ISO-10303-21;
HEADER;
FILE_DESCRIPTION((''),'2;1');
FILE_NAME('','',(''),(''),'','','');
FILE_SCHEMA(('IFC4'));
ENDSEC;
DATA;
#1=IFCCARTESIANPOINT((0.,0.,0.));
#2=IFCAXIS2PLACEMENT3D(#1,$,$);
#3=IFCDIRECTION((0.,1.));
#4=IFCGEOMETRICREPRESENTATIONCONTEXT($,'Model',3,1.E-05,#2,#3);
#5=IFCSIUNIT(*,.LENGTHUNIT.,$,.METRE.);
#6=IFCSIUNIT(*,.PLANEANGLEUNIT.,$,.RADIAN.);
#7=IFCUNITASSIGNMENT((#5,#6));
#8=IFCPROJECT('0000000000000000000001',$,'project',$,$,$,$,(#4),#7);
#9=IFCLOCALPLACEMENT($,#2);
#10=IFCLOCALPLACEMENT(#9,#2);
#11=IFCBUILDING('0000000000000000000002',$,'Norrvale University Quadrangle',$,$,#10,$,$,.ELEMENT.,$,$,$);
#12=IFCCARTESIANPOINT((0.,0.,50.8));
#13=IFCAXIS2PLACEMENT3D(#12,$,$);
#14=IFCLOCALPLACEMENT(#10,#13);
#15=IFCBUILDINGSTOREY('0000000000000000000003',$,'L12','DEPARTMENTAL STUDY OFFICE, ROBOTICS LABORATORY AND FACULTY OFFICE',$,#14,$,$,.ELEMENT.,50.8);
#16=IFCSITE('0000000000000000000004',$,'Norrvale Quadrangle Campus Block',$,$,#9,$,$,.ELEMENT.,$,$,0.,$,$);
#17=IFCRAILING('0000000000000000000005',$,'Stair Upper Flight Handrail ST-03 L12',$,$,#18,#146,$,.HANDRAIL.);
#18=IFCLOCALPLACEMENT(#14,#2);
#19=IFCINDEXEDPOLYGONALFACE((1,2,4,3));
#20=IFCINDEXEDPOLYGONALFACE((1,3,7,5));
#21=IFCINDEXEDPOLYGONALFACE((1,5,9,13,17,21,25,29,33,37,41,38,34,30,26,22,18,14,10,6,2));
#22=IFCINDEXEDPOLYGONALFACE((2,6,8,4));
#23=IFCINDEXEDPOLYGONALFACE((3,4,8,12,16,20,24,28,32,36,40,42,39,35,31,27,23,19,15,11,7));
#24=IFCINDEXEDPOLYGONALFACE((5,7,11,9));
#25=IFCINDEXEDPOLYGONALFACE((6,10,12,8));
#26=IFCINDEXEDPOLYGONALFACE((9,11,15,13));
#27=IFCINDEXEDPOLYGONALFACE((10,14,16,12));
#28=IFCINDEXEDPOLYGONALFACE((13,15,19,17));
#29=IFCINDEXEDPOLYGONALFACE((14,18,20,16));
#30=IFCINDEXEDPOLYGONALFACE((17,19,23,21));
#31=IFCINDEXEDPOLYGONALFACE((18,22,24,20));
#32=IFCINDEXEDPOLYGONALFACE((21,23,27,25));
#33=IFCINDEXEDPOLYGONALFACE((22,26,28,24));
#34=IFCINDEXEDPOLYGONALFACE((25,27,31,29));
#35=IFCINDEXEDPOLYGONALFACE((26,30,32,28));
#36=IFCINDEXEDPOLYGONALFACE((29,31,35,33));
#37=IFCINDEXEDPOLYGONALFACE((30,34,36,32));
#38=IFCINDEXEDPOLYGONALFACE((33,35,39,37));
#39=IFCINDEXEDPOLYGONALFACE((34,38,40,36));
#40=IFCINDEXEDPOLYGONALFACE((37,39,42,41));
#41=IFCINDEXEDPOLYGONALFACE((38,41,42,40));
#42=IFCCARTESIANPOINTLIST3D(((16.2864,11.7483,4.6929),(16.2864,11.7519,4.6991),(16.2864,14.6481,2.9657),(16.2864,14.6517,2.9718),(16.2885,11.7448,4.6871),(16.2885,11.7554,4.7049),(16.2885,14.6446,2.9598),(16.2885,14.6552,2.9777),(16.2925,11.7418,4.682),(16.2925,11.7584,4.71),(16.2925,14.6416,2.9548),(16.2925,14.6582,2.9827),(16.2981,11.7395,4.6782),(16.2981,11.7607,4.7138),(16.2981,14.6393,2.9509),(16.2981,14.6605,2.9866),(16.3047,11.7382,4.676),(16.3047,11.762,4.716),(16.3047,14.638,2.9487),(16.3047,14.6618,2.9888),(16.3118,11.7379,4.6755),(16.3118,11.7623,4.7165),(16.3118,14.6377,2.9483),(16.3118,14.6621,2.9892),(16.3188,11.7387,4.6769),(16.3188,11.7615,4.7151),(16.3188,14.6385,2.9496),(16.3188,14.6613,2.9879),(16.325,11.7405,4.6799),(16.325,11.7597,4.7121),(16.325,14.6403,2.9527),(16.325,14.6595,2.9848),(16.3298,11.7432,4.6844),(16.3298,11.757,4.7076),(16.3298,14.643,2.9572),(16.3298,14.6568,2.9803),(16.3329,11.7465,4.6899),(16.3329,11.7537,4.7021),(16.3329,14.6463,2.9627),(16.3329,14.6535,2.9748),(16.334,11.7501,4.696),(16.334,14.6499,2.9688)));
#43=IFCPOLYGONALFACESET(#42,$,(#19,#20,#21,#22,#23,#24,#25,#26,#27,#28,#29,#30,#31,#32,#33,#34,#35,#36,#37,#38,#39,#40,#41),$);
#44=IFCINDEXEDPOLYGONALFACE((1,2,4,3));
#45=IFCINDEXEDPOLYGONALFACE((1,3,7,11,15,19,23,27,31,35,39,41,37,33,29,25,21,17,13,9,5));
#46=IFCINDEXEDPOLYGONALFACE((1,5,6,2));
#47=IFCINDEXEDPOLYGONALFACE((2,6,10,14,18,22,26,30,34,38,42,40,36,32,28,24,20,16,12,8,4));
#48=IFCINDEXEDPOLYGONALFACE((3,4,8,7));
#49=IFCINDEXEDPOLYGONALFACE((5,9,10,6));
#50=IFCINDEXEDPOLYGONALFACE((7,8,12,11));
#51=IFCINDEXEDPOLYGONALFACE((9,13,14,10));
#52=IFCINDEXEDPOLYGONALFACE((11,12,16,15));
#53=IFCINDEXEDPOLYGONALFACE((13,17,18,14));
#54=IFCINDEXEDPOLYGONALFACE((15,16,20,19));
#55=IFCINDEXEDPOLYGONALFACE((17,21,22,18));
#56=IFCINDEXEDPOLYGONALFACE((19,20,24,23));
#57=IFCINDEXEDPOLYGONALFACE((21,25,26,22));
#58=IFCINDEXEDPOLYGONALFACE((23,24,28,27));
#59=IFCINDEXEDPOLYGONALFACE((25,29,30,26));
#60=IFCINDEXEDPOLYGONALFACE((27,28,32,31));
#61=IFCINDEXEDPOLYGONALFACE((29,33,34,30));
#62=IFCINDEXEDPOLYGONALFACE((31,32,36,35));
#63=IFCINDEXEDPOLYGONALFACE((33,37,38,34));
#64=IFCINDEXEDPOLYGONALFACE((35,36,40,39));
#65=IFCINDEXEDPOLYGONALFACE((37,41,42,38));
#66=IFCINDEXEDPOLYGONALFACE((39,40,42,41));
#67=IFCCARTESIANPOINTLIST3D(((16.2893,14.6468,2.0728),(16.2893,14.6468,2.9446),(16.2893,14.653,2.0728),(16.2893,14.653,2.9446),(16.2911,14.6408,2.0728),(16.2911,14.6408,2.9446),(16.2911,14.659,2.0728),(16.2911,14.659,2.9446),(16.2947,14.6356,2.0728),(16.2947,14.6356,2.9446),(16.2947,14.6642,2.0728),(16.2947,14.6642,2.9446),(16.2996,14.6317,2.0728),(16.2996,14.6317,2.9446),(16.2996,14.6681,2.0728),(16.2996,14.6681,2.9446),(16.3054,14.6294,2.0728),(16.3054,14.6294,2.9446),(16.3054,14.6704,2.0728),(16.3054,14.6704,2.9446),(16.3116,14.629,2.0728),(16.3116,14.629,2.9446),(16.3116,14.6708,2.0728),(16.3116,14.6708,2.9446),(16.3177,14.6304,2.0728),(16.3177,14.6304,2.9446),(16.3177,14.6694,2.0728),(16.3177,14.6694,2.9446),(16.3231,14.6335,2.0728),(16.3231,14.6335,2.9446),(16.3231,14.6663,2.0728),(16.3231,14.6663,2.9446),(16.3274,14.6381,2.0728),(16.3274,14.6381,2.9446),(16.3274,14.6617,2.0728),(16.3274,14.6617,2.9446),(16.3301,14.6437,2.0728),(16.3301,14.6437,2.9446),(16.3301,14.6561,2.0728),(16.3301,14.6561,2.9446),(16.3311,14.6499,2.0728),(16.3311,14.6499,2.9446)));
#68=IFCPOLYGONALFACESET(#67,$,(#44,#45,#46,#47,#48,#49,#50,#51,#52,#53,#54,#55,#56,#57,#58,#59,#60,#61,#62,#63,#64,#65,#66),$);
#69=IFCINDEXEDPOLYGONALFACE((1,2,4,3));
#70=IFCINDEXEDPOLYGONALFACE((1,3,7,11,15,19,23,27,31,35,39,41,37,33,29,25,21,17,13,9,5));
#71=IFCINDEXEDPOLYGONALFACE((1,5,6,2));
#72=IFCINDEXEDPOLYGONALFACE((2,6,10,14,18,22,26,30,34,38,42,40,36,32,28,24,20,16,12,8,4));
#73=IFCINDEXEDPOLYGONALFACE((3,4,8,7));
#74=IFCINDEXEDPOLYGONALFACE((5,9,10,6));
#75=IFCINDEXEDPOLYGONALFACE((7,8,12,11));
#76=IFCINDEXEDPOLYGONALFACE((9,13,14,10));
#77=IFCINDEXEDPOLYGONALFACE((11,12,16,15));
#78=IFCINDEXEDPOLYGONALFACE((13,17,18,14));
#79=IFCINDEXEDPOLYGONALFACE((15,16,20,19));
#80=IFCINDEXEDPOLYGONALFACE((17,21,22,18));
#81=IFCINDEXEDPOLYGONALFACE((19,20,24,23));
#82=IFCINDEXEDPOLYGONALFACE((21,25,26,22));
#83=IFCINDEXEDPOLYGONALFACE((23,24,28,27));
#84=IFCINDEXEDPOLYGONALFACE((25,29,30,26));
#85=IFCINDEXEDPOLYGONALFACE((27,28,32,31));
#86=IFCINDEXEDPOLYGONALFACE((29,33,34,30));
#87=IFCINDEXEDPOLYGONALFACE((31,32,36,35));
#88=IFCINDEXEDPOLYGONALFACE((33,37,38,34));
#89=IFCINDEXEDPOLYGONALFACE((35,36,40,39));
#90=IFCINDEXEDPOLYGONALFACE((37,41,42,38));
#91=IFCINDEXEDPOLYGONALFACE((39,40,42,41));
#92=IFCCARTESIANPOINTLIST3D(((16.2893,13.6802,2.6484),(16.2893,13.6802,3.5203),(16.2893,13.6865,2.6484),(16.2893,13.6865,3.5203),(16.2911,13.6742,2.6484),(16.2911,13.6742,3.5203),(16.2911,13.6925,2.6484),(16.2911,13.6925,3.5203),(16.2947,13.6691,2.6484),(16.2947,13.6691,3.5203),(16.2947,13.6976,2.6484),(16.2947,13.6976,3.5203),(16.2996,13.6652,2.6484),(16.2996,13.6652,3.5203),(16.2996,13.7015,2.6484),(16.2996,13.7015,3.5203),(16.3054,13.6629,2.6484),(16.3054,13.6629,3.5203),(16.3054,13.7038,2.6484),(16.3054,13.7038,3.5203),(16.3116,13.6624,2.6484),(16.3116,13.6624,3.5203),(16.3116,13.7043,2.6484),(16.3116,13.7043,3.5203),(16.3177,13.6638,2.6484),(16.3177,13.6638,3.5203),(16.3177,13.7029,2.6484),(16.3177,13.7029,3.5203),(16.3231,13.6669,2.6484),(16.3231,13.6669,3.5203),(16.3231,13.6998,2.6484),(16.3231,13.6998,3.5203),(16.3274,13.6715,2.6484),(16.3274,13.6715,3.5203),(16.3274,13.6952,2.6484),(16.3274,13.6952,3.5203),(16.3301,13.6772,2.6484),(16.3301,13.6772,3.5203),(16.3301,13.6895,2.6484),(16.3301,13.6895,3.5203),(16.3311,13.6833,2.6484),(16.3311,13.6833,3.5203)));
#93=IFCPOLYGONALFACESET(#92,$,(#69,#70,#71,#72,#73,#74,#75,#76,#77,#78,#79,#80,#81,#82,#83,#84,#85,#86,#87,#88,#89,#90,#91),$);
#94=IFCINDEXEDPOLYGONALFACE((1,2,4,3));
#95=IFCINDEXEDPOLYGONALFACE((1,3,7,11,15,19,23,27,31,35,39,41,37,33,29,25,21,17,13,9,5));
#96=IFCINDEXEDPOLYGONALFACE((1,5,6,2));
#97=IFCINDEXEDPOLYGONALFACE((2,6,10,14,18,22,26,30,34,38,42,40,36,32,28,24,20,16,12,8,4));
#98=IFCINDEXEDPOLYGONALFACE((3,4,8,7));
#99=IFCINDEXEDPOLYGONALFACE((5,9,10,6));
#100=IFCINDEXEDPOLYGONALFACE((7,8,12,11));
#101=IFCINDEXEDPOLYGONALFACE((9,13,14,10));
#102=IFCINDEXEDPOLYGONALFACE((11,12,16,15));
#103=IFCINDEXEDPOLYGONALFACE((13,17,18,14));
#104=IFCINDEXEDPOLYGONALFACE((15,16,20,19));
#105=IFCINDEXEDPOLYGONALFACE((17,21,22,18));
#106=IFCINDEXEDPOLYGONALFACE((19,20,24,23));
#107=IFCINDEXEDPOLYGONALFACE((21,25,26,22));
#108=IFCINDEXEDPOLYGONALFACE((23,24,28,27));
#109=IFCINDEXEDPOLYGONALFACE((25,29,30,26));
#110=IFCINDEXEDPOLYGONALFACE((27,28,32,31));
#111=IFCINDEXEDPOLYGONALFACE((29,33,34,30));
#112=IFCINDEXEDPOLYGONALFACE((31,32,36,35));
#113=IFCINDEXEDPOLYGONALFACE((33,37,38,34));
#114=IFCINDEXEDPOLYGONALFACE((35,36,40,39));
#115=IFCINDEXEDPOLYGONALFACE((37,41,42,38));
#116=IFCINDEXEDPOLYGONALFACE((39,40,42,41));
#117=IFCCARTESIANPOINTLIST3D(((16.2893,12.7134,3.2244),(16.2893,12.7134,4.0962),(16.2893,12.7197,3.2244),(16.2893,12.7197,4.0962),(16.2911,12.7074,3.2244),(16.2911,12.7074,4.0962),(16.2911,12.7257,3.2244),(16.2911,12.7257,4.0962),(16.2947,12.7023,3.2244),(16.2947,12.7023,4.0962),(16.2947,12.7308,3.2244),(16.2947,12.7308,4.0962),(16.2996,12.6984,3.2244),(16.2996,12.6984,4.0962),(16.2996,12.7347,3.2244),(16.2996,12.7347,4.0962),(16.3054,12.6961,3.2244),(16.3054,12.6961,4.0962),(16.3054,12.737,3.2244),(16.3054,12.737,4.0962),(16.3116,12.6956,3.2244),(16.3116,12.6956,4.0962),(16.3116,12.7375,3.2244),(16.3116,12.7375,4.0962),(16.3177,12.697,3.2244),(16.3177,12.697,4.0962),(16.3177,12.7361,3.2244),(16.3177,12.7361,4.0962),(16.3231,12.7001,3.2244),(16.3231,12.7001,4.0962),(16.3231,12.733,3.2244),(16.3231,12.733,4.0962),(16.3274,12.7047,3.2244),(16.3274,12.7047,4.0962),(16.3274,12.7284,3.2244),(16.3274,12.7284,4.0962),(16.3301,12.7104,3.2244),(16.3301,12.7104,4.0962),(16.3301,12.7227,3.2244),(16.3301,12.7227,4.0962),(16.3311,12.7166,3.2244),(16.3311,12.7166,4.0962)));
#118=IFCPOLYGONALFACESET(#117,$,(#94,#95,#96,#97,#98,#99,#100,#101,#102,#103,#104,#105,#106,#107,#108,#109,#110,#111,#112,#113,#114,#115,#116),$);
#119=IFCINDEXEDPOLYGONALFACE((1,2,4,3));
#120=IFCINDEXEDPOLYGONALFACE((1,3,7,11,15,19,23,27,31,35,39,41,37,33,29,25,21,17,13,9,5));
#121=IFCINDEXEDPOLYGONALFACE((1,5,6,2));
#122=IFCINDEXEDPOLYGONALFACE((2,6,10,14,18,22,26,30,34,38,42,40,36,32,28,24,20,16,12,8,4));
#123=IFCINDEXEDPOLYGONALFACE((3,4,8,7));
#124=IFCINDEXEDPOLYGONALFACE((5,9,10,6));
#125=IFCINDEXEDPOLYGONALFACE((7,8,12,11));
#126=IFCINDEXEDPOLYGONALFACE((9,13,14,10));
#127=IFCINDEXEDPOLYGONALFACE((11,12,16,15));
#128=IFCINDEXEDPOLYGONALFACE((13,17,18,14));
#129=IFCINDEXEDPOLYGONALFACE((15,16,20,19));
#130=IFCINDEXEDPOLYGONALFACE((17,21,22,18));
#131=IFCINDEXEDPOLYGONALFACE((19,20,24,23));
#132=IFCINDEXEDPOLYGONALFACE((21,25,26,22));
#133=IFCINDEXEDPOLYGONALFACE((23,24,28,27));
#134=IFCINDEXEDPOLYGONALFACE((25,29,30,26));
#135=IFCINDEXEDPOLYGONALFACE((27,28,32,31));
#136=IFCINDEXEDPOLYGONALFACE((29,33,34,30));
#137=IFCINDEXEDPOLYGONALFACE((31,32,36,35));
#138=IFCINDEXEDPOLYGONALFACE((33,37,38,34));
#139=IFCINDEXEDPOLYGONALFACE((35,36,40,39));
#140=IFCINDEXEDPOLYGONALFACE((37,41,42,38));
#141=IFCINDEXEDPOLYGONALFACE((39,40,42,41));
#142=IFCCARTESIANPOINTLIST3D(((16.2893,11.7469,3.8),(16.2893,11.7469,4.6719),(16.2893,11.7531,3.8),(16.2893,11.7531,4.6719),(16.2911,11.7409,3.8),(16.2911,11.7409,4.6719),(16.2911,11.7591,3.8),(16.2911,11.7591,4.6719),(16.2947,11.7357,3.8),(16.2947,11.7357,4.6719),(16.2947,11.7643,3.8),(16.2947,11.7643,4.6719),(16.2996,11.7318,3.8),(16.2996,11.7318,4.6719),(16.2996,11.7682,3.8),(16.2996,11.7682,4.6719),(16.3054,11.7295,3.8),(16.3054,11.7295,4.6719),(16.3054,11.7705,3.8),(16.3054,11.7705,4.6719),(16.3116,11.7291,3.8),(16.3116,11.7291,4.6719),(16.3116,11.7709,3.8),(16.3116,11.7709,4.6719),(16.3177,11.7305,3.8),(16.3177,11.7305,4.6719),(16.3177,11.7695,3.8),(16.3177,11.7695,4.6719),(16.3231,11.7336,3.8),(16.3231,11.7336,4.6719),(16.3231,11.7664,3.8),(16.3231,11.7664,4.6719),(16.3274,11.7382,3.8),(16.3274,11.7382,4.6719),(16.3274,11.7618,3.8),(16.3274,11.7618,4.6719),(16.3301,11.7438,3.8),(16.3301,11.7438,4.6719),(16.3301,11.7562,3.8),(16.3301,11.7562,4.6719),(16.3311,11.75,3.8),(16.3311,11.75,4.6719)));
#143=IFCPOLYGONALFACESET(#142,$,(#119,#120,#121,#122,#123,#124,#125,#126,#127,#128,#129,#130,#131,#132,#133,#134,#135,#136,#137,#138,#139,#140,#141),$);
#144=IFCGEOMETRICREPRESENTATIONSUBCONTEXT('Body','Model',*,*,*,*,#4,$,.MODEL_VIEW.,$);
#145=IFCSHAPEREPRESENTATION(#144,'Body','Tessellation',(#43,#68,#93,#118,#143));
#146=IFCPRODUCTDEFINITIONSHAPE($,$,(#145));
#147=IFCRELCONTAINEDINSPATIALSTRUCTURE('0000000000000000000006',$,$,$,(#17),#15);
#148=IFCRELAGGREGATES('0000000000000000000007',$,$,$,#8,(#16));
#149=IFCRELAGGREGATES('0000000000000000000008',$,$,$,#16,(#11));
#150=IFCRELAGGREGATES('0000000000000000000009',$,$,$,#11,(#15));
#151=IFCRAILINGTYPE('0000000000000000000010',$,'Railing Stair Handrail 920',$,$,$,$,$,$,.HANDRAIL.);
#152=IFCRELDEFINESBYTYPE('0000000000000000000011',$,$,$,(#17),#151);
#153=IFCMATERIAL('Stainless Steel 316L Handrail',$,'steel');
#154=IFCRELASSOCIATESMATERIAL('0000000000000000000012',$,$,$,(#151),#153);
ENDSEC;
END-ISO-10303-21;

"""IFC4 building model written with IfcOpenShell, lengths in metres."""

from ifc_helpers import new_model, si_unit, direction, frame, origin, origin_2d, place, context, subcontext, project, spatial, circle, extrude, material, type_object, element, save


model = new_model("IFC4")

# Units and contexts
model_context = context("Model", 3, precision=1e-05, world=origin(), true_north=direction((0.0, 1.0)))
body_context = subcontext(model_context, "Body", "Model", "MODEL_VIEW")
ifc_project = project(units=[si_unit("LENGTHUNIT", "METRE"), si_unit("PLANEANGLEUNIT", "RADIAN")], contexts=[model_context])

# Site, building, storey
site_placement = place(None, origin())
site = spatial("IfcSite", under=ifc_project, at=site_placement, Name="Norrvale Quadrangle Campus Block", CompositionType="ELEMENT", RefElevation=0.0)
building_placement = place(site_placement, origin())
building = spatial("IfcBuilding", under=site, at=building_placement, Name="Norrvale University Quadrangle", CompositionType="ELEMENT")
storey_placement = place(building_placement, frame((0.0, 0.0, 50.8)))
storey = spatial("IfcBuildingStorey", under=building, at=storey_placement, Name="L12", Description="DEPARTMENTAL STUDY OFFICE, ROBOTICS LABORATORY AND FACULTY OFFICE", CompositionType="ELEMENT", Elevation=50.8)

# Railing
ifc_material_1 = material(Name="Stainless Steel 316L Handrail", Category="steel")
railing_type_1 = type_object("IfcRailingType", Name="Railing Stair Handrail 920", PredefinedType="HANDRAIL", material=ifc_material_1)
railing_1_placement = place(storey_placement, frame((16.3101, 14.6499, 2.0728)))
element("IfcRailing", 1, at=railing_1_placement, inside=storey, type_object=railing_type_1, Name="Stair Upper Flight Handrail ST-03 L12", PredefinedType="HANDRAIL", context=body_context, shape_type="SweptSolid", body=[
    extrude(circle(Radius=0.0239, at=origin_2d()), frame((0.0, 0.0, 0.896), z_axis=(0.0, -0.859141, 0.511738), x_axis=(1.0, 0.0, 0.0)), (0.0, 0.0, 1.0), 3.3752),
    extrude(circle(Radius=0.021, at=origin_2d()), origin(), (0.0, 0.0, 1.0), 0.8718),
    extrude(circle(Radius=0.021, at=origin_2d()), frame((0.0, -0.9666, 0.5757)), (0.0, 0.0, 1.0), 0.8718),
    extrude(circle(Radius=0.021, at=origin_2d()), frame((0.0, -1.9333, 1.1516)), (0.0, 0.0, 1.0), 0.8718),
    extrude(circle(Radius=0.021, at=origin_2d()), frame((0.0, -2.8999, 1.7273)), (0.0, 0.0, 1.0), 0.8718),
])

save(model, "model.ifc")
